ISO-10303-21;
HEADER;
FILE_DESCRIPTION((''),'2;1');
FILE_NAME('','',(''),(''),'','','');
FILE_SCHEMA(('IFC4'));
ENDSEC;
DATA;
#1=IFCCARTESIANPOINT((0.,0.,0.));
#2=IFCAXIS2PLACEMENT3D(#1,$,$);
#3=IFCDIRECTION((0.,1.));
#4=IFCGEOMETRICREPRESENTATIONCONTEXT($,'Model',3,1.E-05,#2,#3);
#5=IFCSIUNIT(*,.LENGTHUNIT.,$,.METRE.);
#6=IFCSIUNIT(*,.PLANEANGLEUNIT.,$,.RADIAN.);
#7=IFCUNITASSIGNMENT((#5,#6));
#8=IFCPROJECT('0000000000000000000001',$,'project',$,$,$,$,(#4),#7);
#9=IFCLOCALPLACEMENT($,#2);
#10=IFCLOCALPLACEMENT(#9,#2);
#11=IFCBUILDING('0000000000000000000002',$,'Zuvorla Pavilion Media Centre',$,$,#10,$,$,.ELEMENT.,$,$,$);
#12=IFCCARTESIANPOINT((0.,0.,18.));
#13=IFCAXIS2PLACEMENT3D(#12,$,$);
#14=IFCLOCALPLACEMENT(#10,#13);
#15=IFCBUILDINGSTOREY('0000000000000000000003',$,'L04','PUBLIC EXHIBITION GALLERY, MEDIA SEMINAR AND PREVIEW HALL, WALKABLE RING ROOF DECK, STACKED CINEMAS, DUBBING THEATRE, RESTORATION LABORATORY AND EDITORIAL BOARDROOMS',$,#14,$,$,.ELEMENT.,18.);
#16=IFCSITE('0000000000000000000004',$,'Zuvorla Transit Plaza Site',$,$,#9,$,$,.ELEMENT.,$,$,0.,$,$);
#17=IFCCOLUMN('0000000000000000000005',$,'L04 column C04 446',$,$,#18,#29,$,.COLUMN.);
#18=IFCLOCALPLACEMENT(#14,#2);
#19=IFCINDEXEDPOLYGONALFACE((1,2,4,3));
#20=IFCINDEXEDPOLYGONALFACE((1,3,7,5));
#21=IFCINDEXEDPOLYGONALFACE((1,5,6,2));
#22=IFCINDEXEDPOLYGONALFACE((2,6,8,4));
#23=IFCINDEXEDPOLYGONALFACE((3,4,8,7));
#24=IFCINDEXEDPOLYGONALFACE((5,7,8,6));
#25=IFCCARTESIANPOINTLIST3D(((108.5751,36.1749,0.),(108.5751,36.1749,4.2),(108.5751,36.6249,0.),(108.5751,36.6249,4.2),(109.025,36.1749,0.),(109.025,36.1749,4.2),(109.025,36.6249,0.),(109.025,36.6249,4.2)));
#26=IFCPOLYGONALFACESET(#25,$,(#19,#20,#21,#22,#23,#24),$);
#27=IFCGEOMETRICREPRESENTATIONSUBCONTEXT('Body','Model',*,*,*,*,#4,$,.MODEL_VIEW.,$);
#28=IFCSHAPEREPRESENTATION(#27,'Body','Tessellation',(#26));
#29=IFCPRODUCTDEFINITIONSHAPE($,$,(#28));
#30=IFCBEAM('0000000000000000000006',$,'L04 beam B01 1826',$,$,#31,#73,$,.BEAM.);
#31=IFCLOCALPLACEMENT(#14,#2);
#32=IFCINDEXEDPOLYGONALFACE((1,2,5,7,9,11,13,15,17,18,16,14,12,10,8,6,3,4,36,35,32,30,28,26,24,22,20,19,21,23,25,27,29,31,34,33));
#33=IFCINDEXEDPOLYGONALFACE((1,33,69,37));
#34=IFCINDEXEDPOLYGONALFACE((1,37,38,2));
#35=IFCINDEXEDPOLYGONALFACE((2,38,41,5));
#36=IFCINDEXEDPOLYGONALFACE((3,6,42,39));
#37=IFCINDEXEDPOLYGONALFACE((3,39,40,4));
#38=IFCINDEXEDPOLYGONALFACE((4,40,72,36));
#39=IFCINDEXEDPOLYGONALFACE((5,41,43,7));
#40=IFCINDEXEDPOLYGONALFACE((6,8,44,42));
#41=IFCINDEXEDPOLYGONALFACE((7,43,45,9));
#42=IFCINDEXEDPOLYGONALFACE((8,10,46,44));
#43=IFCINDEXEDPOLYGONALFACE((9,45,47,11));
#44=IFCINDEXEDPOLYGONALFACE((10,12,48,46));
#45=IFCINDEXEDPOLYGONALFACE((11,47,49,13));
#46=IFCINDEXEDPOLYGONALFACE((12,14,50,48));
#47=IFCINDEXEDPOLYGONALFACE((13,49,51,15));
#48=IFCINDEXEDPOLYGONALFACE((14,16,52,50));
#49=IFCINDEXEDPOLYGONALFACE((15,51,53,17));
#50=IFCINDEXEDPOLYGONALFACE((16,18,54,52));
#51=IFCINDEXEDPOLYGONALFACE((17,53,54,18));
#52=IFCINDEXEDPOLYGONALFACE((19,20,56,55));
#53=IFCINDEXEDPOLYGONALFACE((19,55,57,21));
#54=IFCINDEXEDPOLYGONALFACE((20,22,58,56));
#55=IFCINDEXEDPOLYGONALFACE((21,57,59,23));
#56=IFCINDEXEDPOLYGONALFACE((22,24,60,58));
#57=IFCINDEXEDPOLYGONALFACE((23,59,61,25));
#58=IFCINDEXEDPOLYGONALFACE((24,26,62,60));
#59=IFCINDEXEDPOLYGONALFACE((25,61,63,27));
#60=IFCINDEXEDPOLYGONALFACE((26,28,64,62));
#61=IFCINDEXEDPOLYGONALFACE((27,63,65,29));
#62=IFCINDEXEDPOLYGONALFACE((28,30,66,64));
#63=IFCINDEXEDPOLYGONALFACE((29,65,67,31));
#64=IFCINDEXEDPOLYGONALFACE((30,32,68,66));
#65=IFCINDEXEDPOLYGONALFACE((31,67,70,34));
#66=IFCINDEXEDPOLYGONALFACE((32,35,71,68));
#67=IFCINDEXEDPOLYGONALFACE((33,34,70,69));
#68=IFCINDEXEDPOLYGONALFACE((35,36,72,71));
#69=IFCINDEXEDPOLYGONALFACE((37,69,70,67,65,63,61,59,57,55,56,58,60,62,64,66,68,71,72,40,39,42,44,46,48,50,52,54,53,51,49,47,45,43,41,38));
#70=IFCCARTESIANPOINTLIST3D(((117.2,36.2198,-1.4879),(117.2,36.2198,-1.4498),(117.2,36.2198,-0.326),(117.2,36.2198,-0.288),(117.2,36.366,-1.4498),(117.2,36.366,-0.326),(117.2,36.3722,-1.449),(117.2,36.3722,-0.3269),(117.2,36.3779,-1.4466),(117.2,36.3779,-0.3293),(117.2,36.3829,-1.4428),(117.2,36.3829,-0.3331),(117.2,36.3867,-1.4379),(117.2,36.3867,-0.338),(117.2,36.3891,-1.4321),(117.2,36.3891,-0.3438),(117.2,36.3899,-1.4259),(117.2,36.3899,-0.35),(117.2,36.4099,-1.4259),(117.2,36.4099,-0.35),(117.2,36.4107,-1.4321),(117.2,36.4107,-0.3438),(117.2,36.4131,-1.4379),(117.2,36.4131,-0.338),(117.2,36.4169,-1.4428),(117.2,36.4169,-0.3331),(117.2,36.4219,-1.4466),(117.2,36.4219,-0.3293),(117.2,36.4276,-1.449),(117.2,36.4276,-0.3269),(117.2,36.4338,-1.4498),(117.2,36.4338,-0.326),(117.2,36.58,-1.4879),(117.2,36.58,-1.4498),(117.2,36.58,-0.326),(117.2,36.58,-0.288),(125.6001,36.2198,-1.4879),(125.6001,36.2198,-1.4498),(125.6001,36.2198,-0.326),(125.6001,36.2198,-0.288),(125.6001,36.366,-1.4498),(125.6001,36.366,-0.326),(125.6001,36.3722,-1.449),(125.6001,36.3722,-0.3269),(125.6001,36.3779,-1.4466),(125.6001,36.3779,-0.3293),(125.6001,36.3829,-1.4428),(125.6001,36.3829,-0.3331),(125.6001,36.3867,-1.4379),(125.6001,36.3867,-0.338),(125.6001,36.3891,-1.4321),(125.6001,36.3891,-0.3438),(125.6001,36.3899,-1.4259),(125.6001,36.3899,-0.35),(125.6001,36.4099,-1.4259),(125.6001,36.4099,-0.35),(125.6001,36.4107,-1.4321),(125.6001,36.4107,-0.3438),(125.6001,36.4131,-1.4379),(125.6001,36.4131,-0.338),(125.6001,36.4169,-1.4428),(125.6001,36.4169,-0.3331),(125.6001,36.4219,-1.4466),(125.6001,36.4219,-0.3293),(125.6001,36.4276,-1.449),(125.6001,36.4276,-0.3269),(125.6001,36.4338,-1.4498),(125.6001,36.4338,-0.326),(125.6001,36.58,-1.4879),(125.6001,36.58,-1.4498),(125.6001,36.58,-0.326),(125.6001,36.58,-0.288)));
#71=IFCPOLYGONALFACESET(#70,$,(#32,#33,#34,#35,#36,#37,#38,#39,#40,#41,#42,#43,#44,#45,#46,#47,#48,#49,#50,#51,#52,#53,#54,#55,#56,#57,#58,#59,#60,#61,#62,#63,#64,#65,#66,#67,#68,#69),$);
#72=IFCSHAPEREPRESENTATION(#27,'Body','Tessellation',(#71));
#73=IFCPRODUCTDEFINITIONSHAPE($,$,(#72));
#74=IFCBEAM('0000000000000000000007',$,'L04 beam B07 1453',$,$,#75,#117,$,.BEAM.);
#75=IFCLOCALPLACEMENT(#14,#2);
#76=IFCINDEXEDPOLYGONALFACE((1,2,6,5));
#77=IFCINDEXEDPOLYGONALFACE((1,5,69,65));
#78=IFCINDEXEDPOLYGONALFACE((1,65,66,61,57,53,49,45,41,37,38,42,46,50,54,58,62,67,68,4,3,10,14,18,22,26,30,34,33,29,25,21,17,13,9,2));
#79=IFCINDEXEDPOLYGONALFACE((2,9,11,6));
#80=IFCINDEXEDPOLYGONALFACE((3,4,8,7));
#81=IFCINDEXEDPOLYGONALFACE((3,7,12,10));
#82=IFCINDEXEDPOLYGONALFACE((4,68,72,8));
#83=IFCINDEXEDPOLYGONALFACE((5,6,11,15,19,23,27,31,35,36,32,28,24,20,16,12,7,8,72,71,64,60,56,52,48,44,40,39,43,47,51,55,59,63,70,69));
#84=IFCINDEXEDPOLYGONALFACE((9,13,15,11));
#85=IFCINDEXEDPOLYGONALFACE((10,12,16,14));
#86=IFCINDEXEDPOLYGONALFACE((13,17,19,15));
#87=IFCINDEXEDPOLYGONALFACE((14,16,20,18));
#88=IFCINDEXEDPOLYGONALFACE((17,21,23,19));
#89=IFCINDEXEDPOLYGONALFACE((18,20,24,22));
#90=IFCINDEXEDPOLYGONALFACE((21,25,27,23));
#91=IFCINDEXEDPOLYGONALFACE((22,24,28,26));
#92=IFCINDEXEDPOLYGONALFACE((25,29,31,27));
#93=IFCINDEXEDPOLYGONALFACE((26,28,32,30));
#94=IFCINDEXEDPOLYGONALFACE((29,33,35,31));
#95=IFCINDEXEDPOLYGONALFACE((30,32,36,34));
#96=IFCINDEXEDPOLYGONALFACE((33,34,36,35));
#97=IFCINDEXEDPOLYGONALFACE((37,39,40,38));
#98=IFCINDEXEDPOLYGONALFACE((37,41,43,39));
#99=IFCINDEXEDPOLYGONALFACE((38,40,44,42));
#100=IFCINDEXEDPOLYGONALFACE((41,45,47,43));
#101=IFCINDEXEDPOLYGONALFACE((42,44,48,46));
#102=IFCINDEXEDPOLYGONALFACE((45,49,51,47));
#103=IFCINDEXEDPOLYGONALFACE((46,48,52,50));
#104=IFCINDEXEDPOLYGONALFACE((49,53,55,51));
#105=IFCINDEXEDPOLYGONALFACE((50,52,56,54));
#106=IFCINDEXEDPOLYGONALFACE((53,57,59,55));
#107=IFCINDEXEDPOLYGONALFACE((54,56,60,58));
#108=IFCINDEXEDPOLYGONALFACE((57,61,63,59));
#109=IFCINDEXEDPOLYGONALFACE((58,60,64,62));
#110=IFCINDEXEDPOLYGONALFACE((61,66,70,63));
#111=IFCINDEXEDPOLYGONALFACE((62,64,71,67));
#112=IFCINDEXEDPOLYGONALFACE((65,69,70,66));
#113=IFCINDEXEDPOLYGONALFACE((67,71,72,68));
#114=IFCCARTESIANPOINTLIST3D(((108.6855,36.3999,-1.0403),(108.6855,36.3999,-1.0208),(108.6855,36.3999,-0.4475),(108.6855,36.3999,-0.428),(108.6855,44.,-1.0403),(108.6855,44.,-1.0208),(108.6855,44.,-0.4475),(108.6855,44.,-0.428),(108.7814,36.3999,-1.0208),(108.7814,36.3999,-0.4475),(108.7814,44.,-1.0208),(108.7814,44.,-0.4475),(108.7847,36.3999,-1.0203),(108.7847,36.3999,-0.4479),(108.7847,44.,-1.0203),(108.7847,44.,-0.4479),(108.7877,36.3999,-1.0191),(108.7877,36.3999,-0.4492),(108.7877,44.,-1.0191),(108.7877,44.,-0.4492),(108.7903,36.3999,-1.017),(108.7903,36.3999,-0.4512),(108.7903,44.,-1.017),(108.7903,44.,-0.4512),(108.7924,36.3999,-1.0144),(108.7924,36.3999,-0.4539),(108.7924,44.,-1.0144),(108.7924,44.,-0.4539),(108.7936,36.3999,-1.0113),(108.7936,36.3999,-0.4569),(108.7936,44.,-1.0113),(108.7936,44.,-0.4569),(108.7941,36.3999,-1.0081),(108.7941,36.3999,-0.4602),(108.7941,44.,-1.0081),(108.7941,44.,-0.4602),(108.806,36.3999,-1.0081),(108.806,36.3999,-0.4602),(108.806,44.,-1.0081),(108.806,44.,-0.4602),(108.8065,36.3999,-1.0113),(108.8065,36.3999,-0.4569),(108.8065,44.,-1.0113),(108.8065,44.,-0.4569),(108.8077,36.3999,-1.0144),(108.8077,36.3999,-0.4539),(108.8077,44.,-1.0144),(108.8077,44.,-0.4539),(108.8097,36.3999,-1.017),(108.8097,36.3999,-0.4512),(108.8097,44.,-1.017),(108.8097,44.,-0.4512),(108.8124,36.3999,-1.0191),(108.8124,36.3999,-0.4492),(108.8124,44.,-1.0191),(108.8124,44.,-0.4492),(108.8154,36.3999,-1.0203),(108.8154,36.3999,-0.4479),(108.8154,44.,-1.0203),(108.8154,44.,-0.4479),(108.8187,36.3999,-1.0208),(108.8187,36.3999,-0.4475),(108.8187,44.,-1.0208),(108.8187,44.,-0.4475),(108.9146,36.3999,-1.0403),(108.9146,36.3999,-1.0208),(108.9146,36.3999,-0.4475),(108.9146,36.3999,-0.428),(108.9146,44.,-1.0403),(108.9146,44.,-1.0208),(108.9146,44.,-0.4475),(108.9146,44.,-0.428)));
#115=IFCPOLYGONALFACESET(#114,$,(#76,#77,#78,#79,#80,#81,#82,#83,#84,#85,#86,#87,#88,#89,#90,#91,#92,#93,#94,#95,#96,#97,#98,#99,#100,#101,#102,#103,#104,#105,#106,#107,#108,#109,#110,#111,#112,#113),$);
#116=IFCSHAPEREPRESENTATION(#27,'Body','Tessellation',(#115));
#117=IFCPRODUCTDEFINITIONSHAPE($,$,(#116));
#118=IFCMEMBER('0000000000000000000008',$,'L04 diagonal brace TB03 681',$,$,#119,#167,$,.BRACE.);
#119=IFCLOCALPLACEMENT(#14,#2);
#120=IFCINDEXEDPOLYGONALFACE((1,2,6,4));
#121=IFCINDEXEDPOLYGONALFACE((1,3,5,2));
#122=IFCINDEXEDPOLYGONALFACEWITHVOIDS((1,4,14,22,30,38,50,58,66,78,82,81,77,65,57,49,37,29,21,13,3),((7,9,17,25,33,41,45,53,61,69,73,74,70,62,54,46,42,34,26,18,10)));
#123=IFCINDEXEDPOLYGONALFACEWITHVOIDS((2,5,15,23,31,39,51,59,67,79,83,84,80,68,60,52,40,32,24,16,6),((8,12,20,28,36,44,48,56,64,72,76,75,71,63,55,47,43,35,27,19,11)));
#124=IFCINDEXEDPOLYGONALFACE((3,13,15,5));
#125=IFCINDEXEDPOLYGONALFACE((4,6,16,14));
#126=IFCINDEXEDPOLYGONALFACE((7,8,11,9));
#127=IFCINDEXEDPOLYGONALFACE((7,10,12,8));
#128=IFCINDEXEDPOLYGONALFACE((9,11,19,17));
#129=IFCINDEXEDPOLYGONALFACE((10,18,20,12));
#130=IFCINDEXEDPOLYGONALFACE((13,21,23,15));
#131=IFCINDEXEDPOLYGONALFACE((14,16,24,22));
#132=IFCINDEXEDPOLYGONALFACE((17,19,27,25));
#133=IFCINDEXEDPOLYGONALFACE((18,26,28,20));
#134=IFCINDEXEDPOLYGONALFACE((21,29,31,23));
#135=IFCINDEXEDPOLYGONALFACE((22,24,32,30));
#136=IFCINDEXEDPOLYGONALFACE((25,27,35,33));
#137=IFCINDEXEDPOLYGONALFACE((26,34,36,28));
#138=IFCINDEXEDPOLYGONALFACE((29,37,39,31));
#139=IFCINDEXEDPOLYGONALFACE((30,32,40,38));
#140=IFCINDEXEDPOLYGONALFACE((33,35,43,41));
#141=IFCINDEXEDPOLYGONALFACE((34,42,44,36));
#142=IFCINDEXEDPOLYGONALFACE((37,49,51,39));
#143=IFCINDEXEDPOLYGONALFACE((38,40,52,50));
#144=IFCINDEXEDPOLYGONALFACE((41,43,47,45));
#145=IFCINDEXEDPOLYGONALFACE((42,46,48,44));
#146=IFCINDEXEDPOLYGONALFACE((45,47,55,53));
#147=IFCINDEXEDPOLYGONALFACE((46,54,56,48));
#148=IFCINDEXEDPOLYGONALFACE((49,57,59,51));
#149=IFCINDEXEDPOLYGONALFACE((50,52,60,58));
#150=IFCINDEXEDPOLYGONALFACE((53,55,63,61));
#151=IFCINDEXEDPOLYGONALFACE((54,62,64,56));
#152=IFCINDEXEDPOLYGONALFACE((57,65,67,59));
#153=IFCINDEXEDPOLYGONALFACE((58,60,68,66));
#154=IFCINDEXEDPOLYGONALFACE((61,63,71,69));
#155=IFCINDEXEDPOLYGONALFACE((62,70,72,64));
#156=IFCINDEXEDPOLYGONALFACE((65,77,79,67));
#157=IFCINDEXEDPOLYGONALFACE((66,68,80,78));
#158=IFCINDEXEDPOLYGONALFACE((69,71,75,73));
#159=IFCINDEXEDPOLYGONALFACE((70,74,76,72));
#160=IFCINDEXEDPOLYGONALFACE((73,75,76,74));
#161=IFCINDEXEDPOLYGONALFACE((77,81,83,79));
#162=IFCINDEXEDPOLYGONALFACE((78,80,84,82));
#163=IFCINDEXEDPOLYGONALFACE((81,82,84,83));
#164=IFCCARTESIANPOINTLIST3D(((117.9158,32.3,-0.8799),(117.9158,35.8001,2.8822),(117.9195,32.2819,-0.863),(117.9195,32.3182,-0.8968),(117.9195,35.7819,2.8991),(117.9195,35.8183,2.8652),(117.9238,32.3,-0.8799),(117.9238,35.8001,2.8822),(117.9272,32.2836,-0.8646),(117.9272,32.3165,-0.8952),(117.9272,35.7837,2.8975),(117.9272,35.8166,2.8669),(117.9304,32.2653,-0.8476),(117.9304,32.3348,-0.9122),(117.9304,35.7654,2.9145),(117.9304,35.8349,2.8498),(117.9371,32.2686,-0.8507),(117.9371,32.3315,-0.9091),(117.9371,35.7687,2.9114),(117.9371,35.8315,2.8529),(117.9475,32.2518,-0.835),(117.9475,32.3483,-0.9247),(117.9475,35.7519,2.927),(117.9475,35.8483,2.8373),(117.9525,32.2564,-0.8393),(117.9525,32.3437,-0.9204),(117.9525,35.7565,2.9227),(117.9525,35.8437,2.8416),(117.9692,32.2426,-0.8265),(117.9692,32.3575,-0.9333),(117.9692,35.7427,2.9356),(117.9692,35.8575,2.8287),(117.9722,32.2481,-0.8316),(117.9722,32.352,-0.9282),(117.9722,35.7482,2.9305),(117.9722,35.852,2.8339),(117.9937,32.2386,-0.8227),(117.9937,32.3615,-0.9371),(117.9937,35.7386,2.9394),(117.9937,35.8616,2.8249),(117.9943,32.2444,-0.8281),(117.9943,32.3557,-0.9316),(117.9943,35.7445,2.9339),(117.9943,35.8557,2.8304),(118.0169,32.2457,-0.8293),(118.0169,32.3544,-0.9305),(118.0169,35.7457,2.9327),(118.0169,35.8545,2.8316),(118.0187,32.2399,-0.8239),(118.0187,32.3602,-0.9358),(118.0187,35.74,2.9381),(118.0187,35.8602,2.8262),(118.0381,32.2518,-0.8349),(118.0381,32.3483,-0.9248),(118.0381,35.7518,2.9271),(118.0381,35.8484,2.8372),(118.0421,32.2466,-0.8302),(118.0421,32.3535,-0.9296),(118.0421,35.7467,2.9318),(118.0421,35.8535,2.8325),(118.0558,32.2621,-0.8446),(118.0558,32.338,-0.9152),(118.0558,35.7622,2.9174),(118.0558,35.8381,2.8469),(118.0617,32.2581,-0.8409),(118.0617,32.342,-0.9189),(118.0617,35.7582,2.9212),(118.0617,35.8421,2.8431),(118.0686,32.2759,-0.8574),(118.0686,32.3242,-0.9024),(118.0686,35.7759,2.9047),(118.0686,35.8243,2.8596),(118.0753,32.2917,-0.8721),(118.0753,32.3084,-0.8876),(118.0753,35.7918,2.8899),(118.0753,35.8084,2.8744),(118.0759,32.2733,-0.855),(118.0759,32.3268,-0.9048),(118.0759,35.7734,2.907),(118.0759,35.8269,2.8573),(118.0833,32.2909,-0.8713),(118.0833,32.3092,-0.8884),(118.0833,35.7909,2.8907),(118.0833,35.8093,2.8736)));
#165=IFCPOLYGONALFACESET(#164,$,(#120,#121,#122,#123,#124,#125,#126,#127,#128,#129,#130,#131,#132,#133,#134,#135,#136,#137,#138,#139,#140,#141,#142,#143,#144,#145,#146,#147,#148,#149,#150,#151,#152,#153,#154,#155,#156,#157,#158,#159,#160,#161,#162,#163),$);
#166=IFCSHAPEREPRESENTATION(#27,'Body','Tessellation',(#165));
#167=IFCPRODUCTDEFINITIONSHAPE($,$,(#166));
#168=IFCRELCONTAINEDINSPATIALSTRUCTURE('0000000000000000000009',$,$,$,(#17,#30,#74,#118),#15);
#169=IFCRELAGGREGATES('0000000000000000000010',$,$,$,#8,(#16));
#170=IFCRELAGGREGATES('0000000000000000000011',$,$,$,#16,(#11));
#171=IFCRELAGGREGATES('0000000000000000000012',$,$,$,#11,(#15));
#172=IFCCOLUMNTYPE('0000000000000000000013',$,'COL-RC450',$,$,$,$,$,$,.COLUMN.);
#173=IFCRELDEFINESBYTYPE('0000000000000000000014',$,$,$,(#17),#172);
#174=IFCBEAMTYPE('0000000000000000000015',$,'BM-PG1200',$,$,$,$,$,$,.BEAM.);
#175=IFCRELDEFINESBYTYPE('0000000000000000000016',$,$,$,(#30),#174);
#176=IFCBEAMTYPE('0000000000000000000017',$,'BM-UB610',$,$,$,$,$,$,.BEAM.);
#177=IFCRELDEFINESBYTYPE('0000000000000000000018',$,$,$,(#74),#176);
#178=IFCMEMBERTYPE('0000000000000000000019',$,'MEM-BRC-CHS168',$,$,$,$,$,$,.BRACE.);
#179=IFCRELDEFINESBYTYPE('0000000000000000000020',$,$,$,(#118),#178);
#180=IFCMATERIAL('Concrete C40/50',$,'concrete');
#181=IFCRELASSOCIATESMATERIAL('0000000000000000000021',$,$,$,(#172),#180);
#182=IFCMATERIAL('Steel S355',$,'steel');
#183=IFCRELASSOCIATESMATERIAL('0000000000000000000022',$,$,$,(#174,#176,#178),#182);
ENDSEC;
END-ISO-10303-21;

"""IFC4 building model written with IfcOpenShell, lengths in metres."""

from ifc_helpers import new_model, si_unit, direction, frame, origin, origin_2d, place, context, subcontext, project, spatial, rectangle, hollow_circle, i_section, extrude, material, material_profile, profile_set, type_object, element, save


model = new_model("IFC4")

# Units and contexts
model_context = context("Model", 3, precision=1e-05, world=origin(), true_north=direction((0.0, 1.0)))
body_context = subcontext(model_context, "Body", "Model", "MODEL_VIEW")
ifc_project = project(units=[si_unit("LENGTHUNIT", "METRE"), si_unit("PLANEANGLEUNIT", "RADIAN")], contexts=[model_context])

# Site, building, storey
site_placement = place(None, origin())
site = spatial("IfcSite", under=ifc_project, at=site_placement, Name="Zuvorla Transit Plaza Site", CompositionType="ELEMENT", RefElevation=0.0)
building_placement = place(site_placement, origin())
building = spatial("IfcBuilding", under=site, at=building_placement, Name="Zuvorla Pavilion Media Centre", CompositionType="ELEMENT")
storey_placement = place(building_placement, frame((0.0, 0.0, 18.0)))
storey = spatial("IfcBuildingStorey", under=building, at=storey_placement, Name="L04", Description="PUBLIC EXHIBITION GALLERY, MEDIA SEMINAR AND PREVIEW HALL, WALKABLE RING ROOF DECK, STACKED CINEMAS, DUBBING THEATRE, RESTORATION LABORATORY AND EDITORIAL BOARDROOMS", CompositionType="ELEMENT", Elevation=18.0)

# Column
ifc_material_1 = material(Name="Concrete C40/50", Category="concrete")
ifc_material_profile_1 = material_profile(ifc_material_1, rectangle(XDim=0.45, YDim=0.45, at=origin_2d()), Name="RC 450x450")
ifc_profile_set_1 = profile_set([ifc_material_profile_1], Name="Concrete C40/50")
column_type = type_object("IfcColumnType", Name="COL-RC450", PredefinedType="COLUMN", material=ifc_profile_set_1)
column_placement = place(storey_placement, frame((108.8, 36.3999, 0.0), z_axis=(0.0, 0.0, 1.0), x_axis=(1.0, 0.0, 0.0)))
element("IfcColumn", 1, at=column_placement, inside=storey, type_object=column_type, Name="L04 column C04 446", PredefinedType="COLUMN", context=body_context, shape_type="SweptSolid", body=[
    extrude(rectangle(XDim=0.45, YDim=0.45, at=origin_2d()), origin(), (0.0, 0.0, 1.0), 4.2),
])

# Beams
ifc_material_2 = material(Name="Steel S355", Category="steel")
ifc_material_profile_2 = material_profile(ifc_material_2, i_section(OverallWidth=0.3601, OverallDepth=1.2, WebThickness=0.02, FlangeThickness=0.0381, FilletRadius=0.0239, at=origin_2d()), Name="PG 1200x360x38")
ifc_profile_set_2 = profile_set([ifc_material_profile_2], Name="Steel S355")
beam_type_1 = type_object("IfcBeamType", Name="BM-PG1200", PredefinedType="BEAM", material=ifc_profile_set_2)
beam_1_placement = place(storey_placement, frame((117.2, 36.3999, -0.8879), z_axis=(1.0, 0.0, 0.0), x_axis=(0.0, 1.0, 0.0)))
element("IfcBeam", 2, at=beam_1_placement, inside=storey, type_object=beam_type_1, Name="L04 beam B01 1826", PredefinedType="BEAM", context=body_context, shape_type="SweptSolid", body=[
    extrude(i_section(OverallWidth=0.3601, OverallDepth=1.2, WebThickness=0.02, FlangeThickness=0.0381, FilletRadius=0.0239, at=origin_2d()), origin(), (0.0, 0.0, 1.0), 8.4001),
])
ifc_material_profile_3 = material_profile(ifc_material_2, i_section(OverallWidth=0.229, OverallDepth=0.6123, WebThickness=0.012, FlangeThickness=0.0195, FilletRadius=0.0127, at=origin_2d()), Name="UB 610x229x125")
ifc_profile_set_3 = profile_set([ifc_material_profile_3], Name="Steel S355")
beam_type_2 = type_object("IfcBeamType", Name="BM-UB610", PredefinedType="BEAM", material=ifc_profile_set_3)
beam_2_placement = place(storey_placement, frame((108.8, 36.3999, -0.7341), z_axis=(0.0, 1.0, 0.0), x_axis=(-1.0, 0.0, 0.0)))
element("IfcBeam", 3, at=beam_2_placement, inside=storey, type_object=beam_type_2, Name="L04 beam B07 1453", PredefinedType="BEAM", context=body_context, shape_type="SweptSolid", body=[
    extrude(i_section(OverallWidth=0.229, OverallDepth=0.6123, WebThickness=0.012, FlangeThickness=0.0195, FilletRadius=0.0127, at=origin_2d()), origin(), (0.0, 0.0, 1.0), 7.6001),
])

# Member
ifc_material_profile_4 = material_profile(ifc_material_2, hollow_circle(Radius=0.0842, WallThickness=0.0081, at=origin_2d()), Name="CHS 168.3x8")
ifc_profile_set_4 = profile_set([ifc_material_profile_4], Name="Steel S355")
member_type_1 = type_object("IfcMemberType", Name="MEM-BRC-CHS168", PredefinedType="BRACE", material=ifc_profile_set_4)
member_1_placement = place(storey_placement, frame((118.0, 32.3, -0.8799), z_axis=(0.0, 0.681156, 0.732138), x_axis=(-1.0, 0.0, 0.0)))
element("IfcMember", 4, at=member_1_placement, inside=storey, type_object=member_type_1, Name="L04 diagonal brace TB03 681", PredefinedType="BRACE", context=body_context, shape_type="SweptSolid", body=[
    extrude(hollow_circle(Radius=0.0842, WallThickness=0.0081, at=origin_2d()), origin(), (0.0, 0.0, 1.0), 5.1384),
])

save(model, "model.ifc")
